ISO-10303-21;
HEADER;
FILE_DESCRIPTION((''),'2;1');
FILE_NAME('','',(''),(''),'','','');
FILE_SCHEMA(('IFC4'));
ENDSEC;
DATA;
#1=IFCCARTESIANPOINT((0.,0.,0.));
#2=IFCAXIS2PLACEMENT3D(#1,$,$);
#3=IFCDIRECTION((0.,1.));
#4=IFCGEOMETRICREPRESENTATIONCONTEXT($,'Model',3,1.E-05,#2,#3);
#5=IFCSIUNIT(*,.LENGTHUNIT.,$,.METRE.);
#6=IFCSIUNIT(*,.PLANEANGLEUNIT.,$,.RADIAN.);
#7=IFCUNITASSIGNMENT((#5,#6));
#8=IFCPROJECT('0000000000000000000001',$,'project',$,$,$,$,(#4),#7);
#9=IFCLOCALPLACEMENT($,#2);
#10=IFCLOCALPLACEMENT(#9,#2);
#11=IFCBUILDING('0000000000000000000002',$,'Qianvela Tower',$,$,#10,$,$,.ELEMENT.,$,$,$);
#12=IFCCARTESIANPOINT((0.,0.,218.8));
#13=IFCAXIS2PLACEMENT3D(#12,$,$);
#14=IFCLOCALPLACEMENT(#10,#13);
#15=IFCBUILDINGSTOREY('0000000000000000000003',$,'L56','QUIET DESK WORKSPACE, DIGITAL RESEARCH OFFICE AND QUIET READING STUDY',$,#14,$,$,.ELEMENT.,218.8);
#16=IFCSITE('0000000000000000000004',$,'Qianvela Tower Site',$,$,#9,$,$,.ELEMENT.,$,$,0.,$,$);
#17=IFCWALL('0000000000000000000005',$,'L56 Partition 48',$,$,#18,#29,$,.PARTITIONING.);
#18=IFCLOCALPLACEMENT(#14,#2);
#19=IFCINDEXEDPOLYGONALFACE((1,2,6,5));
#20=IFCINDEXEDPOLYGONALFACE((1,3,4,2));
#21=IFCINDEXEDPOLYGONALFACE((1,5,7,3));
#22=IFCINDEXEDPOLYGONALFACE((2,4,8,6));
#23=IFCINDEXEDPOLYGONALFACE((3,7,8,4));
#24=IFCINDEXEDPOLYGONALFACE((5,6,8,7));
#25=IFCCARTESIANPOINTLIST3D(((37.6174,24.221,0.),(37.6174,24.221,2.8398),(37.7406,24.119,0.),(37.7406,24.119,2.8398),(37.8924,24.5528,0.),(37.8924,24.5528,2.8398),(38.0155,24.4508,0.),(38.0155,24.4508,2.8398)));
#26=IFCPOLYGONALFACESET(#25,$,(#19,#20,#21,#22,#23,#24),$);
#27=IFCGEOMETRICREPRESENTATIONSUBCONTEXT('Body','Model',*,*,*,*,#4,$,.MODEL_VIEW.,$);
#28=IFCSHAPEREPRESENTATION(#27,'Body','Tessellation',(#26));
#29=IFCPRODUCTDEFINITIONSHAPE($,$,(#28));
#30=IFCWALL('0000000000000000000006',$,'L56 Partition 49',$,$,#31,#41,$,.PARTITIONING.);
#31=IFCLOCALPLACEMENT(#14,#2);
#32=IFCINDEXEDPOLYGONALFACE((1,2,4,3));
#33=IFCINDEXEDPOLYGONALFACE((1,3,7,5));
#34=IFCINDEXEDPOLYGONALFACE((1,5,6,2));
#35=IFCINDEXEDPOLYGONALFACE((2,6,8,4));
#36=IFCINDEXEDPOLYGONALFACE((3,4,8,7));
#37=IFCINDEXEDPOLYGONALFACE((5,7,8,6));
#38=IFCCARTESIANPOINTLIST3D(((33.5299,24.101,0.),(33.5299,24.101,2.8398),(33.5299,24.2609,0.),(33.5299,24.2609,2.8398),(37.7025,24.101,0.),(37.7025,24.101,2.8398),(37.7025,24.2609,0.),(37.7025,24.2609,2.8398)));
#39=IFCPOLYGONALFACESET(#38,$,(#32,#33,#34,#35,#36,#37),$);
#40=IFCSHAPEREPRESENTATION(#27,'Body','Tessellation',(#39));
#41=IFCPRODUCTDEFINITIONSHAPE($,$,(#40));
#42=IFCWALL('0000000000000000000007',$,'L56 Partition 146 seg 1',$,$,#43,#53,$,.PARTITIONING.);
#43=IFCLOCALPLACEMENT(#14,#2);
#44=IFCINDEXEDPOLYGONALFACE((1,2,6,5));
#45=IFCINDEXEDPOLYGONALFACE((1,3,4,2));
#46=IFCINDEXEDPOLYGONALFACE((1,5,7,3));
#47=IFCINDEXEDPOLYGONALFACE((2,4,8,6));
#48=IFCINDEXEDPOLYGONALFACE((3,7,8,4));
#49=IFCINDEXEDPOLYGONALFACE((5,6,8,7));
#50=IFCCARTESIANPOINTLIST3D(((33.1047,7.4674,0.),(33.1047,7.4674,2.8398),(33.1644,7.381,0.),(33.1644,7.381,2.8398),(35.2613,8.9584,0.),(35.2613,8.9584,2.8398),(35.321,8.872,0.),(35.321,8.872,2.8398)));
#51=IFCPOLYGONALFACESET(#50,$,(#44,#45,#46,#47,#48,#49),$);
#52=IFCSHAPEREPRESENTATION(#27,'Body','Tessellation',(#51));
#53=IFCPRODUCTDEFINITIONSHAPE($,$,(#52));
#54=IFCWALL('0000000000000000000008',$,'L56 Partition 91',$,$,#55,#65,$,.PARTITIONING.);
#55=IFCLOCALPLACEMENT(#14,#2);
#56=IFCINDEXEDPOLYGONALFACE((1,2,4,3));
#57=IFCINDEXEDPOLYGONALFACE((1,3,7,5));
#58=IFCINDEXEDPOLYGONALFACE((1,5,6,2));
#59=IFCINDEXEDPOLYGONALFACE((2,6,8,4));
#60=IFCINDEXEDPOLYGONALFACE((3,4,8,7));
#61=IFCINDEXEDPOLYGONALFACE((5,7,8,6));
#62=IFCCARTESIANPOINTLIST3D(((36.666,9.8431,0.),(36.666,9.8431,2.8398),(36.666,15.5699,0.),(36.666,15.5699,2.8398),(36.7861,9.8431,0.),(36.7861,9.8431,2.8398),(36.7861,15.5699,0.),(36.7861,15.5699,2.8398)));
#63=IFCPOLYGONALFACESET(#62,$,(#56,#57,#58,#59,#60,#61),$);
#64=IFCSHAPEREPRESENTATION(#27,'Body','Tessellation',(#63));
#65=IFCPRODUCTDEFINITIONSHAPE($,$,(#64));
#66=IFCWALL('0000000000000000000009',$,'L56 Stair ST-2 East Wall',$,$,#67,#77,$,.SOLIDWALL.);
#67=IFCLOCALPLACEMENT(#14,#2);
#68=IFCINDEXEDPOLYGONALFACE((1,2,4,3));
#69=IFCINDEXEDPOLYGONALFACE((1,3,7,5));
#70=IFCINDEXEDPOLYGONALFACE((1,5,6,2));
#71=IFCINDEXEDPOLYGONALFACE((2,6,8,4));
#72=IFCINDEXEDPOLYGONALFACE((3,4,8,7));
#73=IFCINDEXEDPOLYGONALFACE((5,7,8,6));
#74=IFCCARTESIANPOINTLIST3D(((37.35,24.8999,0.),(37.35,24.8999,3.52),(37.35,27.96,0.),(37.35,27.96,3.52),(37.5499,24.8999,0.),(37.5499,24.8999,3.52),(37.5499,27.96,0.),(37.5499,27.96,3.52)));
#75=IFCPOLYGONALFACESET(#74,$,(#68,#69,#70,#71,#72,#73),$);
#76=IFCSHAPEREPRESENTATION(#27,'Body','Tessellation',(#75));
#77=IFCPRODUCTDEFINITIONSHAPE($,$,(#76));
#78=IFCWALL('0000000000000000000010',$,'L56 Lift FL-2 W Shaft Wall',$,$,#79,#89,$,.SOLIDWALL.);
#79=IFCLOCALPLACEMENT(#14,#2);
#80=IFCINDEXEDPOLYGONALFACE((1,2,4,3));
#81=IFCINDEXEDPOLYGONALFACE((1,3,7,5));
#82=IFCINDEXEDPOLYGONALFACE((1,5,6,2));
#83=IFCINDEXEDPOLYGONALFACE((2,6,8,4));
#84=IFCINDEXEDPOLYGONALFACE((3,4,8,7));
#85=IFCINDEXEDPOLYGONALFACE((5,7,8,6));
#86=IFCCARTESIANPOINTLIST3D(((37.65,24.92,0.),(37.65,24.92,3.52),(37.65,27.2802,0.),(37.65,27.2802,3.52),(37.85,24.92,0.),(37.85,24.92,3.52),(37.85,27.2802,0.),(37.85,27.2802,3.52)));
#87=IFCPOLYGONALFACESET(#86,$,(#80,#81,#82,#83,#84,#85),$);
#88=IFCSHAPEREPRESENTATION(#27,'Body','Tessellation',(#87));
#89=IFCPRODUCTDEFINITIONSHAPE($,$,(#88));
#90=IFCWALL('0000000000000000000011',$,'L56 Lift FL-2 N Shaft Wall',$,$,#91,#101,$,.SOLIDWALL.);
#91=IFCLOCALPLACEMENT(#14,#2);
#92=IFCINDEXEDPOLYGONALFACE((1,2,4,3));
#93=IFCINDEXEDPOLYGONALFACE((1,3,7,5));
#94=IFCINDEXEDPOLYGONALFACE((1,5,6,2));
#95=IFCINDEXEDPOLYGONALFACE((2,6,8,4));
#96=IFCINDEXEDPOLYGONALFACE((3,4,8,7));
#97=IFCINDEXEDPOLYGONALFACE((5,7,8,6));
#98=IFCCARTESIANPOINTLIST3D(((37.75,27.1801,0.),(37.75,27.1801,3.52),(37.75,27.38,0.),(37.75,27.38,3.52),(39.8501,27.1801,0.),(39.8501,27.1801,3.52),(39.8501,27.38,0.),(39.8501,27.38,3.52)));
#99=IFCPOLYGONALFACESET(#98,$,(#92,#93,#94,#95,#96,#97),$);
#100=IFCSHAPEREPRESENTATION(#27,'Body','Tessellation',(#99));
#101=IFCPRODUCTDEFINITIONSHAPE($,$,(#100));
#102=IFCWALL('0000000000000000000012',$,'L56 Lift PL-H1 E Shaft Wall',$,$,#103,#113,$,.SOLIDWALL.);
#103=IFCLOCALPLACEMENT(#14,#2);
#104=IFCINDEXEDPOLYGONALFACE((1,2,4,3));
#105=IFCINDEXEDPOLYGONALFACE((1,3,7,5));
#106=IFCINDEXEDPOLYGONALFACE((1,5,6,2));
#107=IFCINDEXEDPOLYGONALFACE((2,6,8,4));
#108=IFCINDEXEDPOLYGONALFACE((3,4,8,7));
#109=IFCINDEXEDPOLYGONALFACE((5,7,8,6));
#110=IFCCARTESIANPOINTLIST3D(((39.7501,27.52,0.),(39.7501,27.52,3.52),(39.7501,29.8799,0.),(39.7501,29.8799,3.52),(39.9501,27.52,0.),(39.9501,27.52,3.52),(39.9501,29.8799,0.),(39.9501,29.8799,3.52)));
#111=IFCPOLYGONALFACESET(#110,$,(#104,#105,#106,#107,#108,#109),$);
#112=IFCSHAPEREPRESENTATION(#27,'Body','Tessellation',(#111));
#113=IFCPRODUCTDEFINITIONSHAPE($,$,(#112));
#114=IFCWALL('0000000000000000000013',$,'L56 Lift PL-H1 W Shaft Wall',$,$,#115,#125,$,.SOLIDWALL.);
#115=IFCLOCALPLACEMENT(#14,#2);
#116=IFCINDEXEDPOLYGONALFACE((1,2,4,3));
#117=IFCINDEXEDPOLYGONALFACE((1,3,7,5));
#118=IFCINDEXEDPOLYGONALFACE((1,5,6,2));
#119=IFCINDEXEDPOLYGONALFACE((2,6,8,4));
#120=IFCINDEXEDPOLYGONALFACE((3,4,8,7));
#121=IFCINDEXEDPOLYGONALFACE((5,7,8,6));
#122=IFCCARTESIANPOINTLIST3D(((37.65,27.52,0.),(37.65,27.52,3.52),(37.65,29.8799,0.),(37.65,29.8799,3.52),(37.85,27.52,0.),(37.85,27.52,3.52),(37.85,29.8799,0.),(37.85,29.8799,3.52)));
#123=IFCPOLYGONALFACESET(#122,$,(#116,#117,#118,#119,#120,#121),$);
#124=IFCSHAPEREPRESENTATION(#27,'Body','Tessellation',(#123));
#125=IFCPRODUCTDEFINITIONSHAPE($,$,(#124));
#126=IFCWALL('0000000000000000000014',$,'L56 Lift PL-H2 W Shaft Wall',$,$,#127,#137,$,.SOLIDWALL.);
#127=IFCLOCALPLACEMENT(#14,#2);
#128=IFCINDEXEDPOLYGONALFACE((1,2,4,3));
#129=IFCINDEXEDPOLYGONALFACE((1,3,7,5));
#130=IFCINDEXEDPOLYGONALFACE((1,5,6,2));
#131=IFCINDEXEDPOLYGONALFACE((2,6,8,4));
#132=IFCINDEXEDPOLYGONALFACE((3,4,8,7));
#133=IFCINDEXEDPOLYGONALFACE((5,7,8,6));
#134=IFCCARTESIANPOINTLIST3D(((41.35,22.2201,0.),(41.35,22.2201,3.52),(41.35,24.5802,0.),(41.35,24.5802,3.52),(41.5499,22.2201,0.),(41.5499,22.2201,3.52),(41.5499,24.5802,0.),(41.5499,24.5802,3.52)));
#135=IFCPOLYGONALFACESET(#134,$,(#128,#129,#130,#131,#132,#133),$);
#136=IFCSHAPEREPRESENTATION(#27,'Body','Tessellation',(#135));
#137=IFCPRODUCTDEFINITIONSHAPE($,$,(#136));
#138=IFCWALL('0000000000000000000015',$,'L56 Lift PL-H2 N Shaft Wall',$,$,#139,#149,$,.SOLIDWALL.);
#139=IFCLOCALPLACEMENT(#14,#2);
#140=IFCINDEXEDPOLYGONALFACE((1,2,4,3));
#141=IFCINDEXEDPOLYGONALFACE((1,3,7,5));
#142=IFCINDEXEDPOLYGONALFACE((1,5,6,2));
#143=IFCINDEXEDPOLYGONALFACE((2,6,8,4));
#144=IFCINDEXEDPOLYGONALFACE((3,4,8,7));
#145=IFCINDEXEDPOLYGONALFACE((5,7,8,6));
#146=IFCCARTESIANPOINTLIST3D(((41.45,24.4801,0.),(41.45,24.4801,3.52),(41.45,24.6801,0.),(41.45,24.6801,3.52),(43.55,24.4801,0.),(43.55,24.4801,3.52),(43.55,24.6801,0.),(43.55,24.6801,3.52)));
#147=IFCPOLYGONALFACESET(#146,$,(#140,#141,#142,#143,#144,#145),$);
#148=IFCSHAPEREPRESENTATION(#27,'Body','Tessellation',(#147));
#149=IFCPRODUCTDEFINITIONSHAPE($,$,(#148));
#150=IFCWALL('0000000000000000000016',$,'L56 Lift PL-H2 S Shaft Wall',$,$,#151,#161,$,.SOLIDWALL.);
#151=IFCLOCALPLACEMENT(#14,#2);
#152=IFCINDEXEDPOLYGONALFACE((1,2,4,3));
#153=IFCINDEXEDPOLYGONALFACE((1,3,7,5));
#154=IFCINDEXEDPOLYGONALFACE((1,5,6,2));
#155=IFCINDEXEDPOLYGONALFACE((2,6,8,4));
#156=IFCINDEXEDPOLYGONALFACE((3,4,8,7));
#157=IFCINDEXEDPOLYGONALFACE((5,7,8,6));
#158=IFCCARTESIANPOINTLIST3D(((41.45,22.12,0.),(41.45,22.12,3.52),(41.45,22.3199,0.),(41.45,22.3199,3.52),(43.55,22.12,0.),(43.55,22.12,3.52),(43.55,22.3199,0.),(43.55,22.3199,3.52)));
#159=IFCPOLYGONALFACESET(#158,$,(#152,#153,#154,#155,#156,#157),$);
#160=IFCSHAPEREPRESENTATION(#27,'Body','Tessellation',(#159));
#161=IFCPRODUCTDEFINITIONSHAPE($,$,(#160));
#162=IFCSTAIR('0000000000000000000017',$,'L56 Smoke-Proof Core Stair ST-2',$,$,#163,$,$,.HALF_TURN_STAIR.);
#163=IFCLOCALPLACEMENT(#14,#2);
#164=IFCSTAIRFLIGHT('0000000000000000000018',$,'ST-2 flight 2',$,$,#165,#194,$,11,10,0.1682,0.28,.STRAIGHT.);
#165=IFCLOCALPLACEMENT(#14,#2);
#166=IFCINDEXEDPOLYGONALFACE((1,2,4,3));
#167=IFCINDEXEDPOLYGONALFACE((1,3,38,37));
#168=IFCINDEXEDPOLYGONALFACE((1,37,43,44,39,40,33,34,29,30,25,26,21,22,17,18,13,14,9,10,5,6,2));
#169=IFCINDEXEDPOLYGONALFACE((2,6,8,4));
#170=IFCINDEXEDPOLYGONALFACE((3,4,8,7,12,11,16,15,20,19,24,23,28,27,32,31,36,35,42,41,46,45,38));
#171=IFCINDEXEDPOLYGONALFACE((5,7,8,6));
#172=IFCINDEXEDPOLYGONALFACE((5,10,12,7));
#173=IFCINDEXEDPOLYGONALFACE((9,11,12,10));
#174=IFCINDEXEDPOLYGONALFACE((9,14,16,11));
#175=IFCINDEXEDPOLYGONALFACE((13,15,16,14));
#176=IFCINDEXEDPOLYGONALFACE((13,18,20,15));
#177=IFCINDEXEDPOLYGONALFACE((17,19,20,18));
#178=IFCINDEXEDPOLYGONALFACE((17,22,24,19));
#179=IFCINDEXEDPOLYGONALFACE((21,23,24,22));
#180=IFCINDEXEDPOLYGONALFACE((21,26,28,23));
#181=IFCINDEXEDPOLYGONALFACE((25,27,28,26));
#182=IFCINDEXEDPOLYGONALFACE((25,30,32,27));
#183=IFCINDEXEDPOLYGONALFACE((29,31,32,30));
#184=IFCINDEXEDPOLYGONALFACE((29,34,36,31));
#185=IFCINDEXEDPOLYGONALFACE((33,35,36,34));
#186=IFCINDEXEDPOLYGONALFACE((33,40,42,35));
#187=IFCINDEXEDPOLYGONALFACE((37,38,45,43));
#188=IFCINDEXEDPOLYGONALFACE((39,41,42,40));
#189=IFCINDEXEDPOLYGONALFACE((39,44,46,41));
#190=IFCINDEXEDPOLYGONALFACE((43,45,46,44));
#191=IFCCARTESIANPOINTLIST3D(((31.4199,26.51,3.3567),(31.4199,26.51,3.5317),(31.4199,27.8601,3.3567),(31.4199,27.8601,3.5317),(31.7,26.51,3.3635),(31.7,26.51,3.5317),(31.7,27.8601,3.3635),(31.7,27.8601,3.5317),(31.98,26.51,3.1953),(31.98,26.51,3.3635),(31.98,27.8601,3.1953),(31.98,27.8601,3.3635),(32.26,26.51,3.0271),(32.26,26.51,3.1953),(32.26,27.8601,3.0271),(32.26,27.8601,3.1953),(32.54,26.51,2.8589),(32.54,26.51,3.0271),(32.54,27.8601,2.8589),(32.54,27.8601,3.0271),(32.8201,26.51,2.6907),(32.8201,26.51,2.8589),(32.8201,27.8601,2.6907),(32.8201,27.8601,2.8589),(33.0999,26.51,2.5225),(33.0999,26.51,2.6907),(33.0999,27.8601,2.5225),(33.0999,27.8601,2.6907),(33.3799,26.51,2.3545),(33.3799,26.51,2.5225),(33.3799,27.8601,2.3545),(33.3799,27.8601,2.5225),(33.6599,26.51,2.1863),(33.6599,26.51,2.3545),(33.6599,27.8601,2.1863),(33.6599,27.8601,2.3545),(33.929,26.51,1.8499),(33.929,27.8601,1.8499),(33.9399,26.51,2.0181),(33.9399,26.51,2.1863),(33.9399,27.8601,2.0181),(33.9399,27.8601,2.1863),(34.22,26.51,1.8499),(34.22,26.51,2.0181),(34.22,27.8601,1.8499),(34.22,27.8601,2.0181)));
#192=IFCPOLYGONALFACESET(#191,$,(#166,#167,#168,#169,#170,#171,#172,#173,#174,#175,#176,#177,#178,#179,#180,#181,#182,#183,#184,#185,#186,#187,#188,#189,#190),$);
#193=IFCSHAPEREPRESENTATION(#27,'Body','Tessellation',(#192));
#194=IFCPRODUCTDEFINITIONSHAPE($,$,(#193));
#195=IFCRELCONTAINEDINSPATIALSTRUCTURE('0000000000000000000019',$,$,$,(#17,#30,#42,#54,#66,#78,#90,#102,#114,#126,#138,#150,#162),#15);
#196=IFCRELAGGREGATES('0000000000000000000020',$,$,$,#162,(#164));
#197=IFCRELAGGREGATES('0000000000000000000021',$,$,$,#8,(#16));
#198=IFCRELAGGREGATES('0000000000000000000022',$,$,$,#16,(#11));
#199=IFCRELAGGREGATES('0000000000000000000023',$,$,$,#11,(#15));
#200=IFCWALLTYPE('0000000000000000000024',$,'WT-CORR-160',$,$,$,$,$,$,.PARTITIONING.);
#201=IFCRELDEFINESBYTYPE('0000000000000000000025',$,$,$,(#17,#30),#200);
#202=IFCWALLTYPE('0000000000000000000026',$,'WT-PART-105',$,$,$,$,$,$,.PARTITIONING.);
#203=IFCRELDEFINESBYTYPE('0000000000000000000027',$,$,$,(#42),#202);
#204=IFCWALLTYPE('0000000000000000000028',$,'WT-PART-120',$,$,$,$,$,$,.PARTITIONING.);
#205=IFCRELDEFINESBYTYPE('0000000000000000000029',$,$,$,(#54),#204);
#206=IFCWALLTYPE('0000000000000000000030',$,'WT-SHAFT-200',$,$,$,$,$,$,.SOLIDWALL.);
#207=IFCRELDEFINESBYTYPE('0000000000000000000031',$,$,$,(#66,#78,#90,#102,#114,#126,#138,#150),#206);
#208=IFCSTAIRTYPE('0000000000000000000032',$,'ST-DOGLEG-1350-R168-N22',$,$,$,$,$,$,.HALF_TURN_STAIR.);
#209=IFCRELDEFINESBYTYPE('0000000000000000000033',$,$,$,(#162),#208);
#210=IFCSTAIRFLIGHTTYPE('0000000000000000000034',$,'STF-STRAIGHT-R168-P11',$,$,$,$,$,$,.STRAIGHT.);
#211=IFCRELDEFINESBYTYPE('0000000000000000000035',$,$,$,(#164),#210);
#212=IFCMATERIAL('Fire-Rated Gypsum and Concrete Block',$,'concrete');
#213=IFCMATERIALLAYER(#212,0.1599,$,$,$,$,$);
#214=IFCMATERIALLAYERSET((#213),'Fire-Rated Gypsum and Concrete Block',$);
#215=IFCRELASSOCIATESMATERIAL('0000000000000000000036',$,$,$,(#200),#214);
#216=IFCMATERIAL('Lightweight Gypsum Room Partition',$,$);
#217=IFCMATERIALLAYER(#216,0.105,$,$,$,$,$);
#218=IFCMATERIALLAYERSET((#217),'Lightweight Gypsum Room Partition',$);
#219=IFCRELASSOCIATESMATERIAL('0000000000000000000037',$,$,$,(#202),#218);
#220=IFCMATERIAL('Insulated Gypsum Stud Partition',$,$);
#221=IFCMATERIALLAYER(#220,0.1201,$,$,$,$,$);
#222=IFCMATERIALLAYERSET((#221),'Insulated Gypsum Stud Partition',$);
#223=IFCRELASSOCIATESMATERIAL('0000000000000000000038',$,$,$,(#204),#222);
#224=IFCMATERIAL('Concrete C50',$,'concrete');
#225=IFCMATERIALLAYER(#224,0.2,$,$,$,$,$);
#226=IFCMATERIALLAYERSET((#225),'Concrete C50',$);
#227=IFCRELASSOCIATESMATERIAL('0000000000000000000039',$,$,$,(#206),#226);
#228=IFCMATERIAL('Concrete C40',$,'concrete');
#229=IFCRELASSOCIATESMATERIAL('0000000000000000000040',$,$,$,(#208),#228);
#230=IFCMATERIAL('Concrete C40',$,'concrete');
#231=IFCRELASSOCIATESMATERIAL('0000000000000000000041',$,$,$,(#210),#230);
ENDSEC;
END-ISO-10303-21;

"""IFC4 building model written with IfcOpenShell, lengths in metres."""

from ifc_helpers import new_model, si_unit, direction, frame, frame_2d, origin, place, context, subcontext, project, spatial, polyline, rectangle, outline, extrude, material, layer, layer_set, type_object, element, aggregate, save


model = new_model("IFC4")

# Units and contexts
model_context = context("Model", 3, precision=1e-05, world=origin(), true_north=direction((0.0, 1.0)))
body_context = subcontext(model_context, "Body", "Model", "MODEL_VIEW")
ifc_project = project(units=[si_unit("LENGTHUNIT", "METRE"), si_unit("PLANEANGLEUNIT", "RADIAN")], contexts=[model_context])

# Site, building, storey
site_placement = place(None, origin())
site = spatial("IfcSite", under=ifc_project, at=site_placement, Name="Qianvela Tower Site", CompositionType="ELEMENT", RefElevation=0.0)
building_placement = place(site_placement, origin())
building = spatial("IfcBuilding", under=site, at=building_placement, Name="Qianvela Tower", CompositionType="ELEMENT")
storey_placement = place(building_placement, frame((0.0, 0.0, 218.8)))
storey = spatial("IfcBuildingStorey", under=building, at=storey_placement, Name="L56", Description="QUIET DESK WORKSPACE, DIGITAL RESEARCH OFFICE AND QUIET READING STUDY", CompositionType="ELEMENT", Elevation=218.8)

# Walls
ifc_material_1 = material(Name="Fire-Rated Gypsum and Concrete Block", Category="concrete")
ifc_layer_1 = layer(ifc_material_1, 0.1599)
ifc_layer_set_1 = layer_set([ifc_layer_1], Name="Fire-Rated Gypsum and Concrete Block")
wall_type_1 = type_object("IfcWallType", Name="WT-CORR-160", PredefinedType="PARTITIONING", material=ifc_layer_set_1)
for number, where, z_axis, x_axis, name in (
    (1, (37.9539, 24.5017, 0.0), (0.0, 0.0, 1.0), (-0.638008, -0.77003, 0.0), "L56 Partition 48"),
):
    element("IfcWall", number, at=place(storey_placement, frame(where, z_axis=z_axis, x_axis=x_axis)), inside=storey, type_object=wall_type_1, Name=name, PredefinedType="PARTITIONING", context=body_context, shape_type="SweptSolid", body=[
        extrude(rectangle(XDim=0.4309, YDim=0.1599, at=frame_2d((0.2153, 0.0))), origin(), (0.0, 0.0, 1.0), 2.8398),
    ])
wall_1_placement = place(storey_placement, frame((37.7026, 24.1809, 0.0), z_axis=(0.0, 0.0, 1.0), x_axis=(-1.0, 0.0, 0.0)))
element("IfcWall", 2, at=wall_1_placement, inside=storey, type_object=wall_type_1, Name="L56 Partition 49", PredefinedType="PARTITIONING", context=body_context, shape_type="SweptSolid", body=[
    extrude(rectangle(XDim=4.1726, YDim=0.1599, at=frame_2d((2.0864, 0.0))), origin(), (0.0, 0.0, 1.0), 2.8398),
])
ifc_material_2 = material(Name="Lightweight Gypsum Room Partition")
ifc_layer_2 = layer(ifc_material_2, 0.105)
ifc_layer_set_2 = layer_set([ifc_layer_2], Name="Lightweight Gypsum Room Partition")
wall_type_2 = type_object("IfcWallType", Name="WT-PART-105", PredefinedType="PARTITIONING", material=ifc_layer_set_2)
wall_2_placement = place(storey_placement, frame((35.2913, 8.9153, 0.0), z_axis=(0.0, 0.0, 1.0), x_axis=(-0.822547, -0.568697, 0.0)))
element("IfcWall", 3, at=wall_2_placement, inside=storey, type_object=wall_type_2, Name="L56 Partition 146 seg 1", PredefinedType="PARTITIONING", context=body_context, shape_type="SweptSolid", body=[
    extrude(rectangle(XDim=2.6218, YDim=0.105, at=frame_2d((1.311, 0.0))), origin(), (0.0, 0.0, 1.0), 2.8398),
])
ifc_material_3 = material(Name="Insulated Gypsum Stud Partition")
ifc_layer_3 = layer(ifc_material_3, 0.1201)
ifc_layer_set_3 = layer_set([ifc_layer_3], Name="Insulated Gypsum Stud Partition")
wall_type_3 = type_object("IfcWallType", Name="WT-PART-120", PredefinedType="PARTITIONING", material=ifc_layer_set_3)
wall_3_placement = place(storey_placement, frame((36.7261, 9.8433, 0.0), z_axis=(0.0, 0.0, 1.0), x_axis=(0.0, 1.0, 0.0)))
element("IfcWall", 4, at=wall_3_placement, inside=storey, type_object=wall_type_3, Name="L56 Partition 91", PredefinedType="PARTITIONING", context=body_context, shape_type="SweptSolid", body=[
    extrude(rectangle(XDim=5.7268, YDim=0.1201, at=frame_2d((2.8633, 0.0))), origin(), (0.0, 0.0, 1.0), 2.8398),
])
ifc_material_4 = material(Name="Concrete C50", Category="concrete")
ifc_layer_4 = layer(ifc_material_4, 0.2)
ifc_layer_set_4 = layer_set([ifc_layer_4], Name="Concrete C50")
wall_type_4 = type_object("IfcWallType", Name="WT-SHAFT-200", PredefinedType="SOLIDWALL", material=ifc_layer_set_4)
wall_4_placement = place(storey_placement, frame((37.45, 24.8999, 0.0), z_axis=(0.0, 0.0, 1.0), x_axis=(0.0, 1.0, 0.0)))
element("IfcWall", 5, at=wall_4_placement, inside=storey, type_object=wall_type_4, Name="L56 Stair ST-2 East Wall", PredefinedType="SOLIDWALL", context=body_context, shape_type="SweptSolid", body=[
    extrude(rectangle(XDim=3.0601, YDim=0.2, at=frame_2d((1.53, 0.0))), origin(), (0.0, 0.0, 1.0), 3.52),
])

# Walls
wall_5_placement = place(storey_placement, frame((37.75, 24.9199, 0.0), z_axis=(0.0, 0.0, 1.0), x_axis=(0.0, 1.0, 0.0)))
element("IfcWall", 6, at=wall_5_placement, inside=storey, type_object=wall_type_4, Name="L56 Lift FL-2 W Shaft Wall", PredefinedType="SOLIDWALL", context=body_context, shape_type="SweptSolid", body=[
    extrude(rectangle(XDim=2.3601, YDim=0.2, at=frame_2d((1.1802, 0.0))), origin(), (0.0, 0.0, 1.0), 3.52),
])
wall_6_placement = place(storey_placement, frame((37.75, 27.28, 0.0), z_axis=(0.0, 0.0, 1.0), x_axis=(1.0, 0.0, 0.0)))
element("IfcWall", 7, at=wall_6_placement, inside=storey, type_object=wall_type_4, Name="L56 Lift FL-2 N Shaft Wall", PredefinedType="SOLIDWALL", context=body_context, shape_type="SweptSolid", body=[
    extrude(rectangle(XDim=2.1001, YDim=0.2, at=frame_2d((1.05, 0.0))), origin(), (0.0, 0.0, 1.0), 3.52),
])
for number, where, z_axis, x_axis, name in (
    (8, (39.8501, 27.52, 0.0), (0.0, 0.0, 1.0), (0.0, 1.0, 0.0), "L56 Lift PL-H1 E Shaft Wall"),
    (9, (37.75, 27.52, 0.0), (0.0, 0.0, 1.0), (0.0, 1.0, 0.0), "L56 Lift PL-H1 W Shaft Wall"),
):
    element("IfcWall", number, at=place(storey_placement, frame(where, z_axis=z_axis, x_axis=x_axis)), inside=storey, type_object=wall_type_4, Name=name, PredefinedType="SOLIDWALL", context=body_context, shape_type="SweptSolid", body=[
        extrude(rectangle(XDim=2.3599, YDim=0.2, at=frame_2d((1.1799, 0.0))), origin(), (0.0, 0.0, 1.0), 3.52),
    ])
wall_7_placement = place(storey_placement, frame((41.45, 22.22, 0.0), z_axis=(0.0, 0.0, 1.0), x_axis=(0.0, 1.0, 0.0)))
element("IfcWall", 10, at=wall_7_placement, inside=storey, type_object=wall_type_4, Name="L56 Lift PL-H2 W Shaft Wall", PredefinedType="SOLIDWALL", context=body_context, shape_type="SweptSolid", body=[
    extrude(rectangle(XDim=2.3601, YDim=0.2, at=frame_2d((1.1802, 0.0))), origin(), (0.0, 0.0, 1.0), 3.52),
])
for number, where, z_axis, x_axis, name in (
    (11, (41.45, 24.5801, 0.0), (0.0, 0.0, 1.0), (1.0, 0.0, 0.0), "L56 Lift PL-H2 N Shaft Wall"),
    (12, (41.45, 22.22, 0.0), (0.0, 0.0, 1.0), (1.0, 0.0, 0.0), "L56 Lift PL-H2 S Shaft Wall"),
):
    element("IfcWall", number, at=place(storey_placement, frame(where, z_axis=z_axis, x_axis=x_axis)), inside=storey, type_object=wall_type_4, Name=name, PredefinedType="SOLIDWALL", context=body_context, shape_type="SweptSolid", body=[
        extrude(rectangle(XDim=2.1001, YDim=0.2, at=frame_2d((1.05, 0.0))), origin(), (0.0, 0.0, 1.0), 3.52),
    ])

# Stair, stair flight
ifc_material_5 = material(Name="Concrete C40", Category="concrete")
stair_type = type_object("IfcStairType", Name="ST-DOGLEG-1350-R168-N22", PredefinedType="HALF_TURN_STAIR", material=ifc_material_5)
stair_placement = place(storey_placement, origin())
stair = element("IfcStair", 13, at=stair_placement, inside=storey, type_object=stair_type, Name="L56 Smoke-Proof Core Stair ST-2", PredefinedType="HALF_TURN_STAIR")
ifc_material_6 = material(Name="Concrete C40", Category="concrete")
stair_flight_type = type_object("IfcStairFlightType", Name="STF-STRAIGHT-R168-P11", PredefinedType="STRAIGHT", material=ifc_material_6)
stair_flight_placement = place(storey_placement, frame((34.22, 27.1851, 1.8499), z_axis=(0.0, 0.0, 1.0), x_axis=(-1.0, 0.0, 0.0)))
stair_flight = element("IfcStairFlight", 14, at=stair_flight_placement, type_object=stair_flight_type, Name="ST-2 flight 2", NumberOfRisers=11, NumberOfTreads=10, PredefinedType="STRAIGHT", RiserHeight=0.1682, TreadLength=0.28, context=body_context, shape_type="SweptSolid", body=[
    extrude(outline(polyline([(0.0, 0.0), (0.0, 0.1682), (0.28, 0.1682), (0.28, 0.3364), (0.5601, 0.3364), (0.5601, 0.5046), (0.8401, 0.5046), (0.8401, 0.6726), (1.1201, 0.6726), (1.1201, 0.8408), (1.3999, 0.8408), (1.3999, 1.009), (1.6799, 1.009), (1.6799, 1.1772), (1.96, 1.1772), (1.96, 1.3455), (2.24, 1.3455), (2.24, 1.5137), (2.52, 1.5137), (2.52, 1.6819), (2.8, 1.6819), (2.8, 1.8501), (2.8, 1.5068), (0.291, 0.0), (0.0, 0.0)])), frame((0.0, 0.675, 0.0), z_axis=(0.0, -1.0, 0.0), x_axis=(1.0, 0.0, 0.0)), (0.0, 0.0, 1.0), 1.3501),
])
aggregate(stair, [stair_flight])

save(model, "model.ifc")
